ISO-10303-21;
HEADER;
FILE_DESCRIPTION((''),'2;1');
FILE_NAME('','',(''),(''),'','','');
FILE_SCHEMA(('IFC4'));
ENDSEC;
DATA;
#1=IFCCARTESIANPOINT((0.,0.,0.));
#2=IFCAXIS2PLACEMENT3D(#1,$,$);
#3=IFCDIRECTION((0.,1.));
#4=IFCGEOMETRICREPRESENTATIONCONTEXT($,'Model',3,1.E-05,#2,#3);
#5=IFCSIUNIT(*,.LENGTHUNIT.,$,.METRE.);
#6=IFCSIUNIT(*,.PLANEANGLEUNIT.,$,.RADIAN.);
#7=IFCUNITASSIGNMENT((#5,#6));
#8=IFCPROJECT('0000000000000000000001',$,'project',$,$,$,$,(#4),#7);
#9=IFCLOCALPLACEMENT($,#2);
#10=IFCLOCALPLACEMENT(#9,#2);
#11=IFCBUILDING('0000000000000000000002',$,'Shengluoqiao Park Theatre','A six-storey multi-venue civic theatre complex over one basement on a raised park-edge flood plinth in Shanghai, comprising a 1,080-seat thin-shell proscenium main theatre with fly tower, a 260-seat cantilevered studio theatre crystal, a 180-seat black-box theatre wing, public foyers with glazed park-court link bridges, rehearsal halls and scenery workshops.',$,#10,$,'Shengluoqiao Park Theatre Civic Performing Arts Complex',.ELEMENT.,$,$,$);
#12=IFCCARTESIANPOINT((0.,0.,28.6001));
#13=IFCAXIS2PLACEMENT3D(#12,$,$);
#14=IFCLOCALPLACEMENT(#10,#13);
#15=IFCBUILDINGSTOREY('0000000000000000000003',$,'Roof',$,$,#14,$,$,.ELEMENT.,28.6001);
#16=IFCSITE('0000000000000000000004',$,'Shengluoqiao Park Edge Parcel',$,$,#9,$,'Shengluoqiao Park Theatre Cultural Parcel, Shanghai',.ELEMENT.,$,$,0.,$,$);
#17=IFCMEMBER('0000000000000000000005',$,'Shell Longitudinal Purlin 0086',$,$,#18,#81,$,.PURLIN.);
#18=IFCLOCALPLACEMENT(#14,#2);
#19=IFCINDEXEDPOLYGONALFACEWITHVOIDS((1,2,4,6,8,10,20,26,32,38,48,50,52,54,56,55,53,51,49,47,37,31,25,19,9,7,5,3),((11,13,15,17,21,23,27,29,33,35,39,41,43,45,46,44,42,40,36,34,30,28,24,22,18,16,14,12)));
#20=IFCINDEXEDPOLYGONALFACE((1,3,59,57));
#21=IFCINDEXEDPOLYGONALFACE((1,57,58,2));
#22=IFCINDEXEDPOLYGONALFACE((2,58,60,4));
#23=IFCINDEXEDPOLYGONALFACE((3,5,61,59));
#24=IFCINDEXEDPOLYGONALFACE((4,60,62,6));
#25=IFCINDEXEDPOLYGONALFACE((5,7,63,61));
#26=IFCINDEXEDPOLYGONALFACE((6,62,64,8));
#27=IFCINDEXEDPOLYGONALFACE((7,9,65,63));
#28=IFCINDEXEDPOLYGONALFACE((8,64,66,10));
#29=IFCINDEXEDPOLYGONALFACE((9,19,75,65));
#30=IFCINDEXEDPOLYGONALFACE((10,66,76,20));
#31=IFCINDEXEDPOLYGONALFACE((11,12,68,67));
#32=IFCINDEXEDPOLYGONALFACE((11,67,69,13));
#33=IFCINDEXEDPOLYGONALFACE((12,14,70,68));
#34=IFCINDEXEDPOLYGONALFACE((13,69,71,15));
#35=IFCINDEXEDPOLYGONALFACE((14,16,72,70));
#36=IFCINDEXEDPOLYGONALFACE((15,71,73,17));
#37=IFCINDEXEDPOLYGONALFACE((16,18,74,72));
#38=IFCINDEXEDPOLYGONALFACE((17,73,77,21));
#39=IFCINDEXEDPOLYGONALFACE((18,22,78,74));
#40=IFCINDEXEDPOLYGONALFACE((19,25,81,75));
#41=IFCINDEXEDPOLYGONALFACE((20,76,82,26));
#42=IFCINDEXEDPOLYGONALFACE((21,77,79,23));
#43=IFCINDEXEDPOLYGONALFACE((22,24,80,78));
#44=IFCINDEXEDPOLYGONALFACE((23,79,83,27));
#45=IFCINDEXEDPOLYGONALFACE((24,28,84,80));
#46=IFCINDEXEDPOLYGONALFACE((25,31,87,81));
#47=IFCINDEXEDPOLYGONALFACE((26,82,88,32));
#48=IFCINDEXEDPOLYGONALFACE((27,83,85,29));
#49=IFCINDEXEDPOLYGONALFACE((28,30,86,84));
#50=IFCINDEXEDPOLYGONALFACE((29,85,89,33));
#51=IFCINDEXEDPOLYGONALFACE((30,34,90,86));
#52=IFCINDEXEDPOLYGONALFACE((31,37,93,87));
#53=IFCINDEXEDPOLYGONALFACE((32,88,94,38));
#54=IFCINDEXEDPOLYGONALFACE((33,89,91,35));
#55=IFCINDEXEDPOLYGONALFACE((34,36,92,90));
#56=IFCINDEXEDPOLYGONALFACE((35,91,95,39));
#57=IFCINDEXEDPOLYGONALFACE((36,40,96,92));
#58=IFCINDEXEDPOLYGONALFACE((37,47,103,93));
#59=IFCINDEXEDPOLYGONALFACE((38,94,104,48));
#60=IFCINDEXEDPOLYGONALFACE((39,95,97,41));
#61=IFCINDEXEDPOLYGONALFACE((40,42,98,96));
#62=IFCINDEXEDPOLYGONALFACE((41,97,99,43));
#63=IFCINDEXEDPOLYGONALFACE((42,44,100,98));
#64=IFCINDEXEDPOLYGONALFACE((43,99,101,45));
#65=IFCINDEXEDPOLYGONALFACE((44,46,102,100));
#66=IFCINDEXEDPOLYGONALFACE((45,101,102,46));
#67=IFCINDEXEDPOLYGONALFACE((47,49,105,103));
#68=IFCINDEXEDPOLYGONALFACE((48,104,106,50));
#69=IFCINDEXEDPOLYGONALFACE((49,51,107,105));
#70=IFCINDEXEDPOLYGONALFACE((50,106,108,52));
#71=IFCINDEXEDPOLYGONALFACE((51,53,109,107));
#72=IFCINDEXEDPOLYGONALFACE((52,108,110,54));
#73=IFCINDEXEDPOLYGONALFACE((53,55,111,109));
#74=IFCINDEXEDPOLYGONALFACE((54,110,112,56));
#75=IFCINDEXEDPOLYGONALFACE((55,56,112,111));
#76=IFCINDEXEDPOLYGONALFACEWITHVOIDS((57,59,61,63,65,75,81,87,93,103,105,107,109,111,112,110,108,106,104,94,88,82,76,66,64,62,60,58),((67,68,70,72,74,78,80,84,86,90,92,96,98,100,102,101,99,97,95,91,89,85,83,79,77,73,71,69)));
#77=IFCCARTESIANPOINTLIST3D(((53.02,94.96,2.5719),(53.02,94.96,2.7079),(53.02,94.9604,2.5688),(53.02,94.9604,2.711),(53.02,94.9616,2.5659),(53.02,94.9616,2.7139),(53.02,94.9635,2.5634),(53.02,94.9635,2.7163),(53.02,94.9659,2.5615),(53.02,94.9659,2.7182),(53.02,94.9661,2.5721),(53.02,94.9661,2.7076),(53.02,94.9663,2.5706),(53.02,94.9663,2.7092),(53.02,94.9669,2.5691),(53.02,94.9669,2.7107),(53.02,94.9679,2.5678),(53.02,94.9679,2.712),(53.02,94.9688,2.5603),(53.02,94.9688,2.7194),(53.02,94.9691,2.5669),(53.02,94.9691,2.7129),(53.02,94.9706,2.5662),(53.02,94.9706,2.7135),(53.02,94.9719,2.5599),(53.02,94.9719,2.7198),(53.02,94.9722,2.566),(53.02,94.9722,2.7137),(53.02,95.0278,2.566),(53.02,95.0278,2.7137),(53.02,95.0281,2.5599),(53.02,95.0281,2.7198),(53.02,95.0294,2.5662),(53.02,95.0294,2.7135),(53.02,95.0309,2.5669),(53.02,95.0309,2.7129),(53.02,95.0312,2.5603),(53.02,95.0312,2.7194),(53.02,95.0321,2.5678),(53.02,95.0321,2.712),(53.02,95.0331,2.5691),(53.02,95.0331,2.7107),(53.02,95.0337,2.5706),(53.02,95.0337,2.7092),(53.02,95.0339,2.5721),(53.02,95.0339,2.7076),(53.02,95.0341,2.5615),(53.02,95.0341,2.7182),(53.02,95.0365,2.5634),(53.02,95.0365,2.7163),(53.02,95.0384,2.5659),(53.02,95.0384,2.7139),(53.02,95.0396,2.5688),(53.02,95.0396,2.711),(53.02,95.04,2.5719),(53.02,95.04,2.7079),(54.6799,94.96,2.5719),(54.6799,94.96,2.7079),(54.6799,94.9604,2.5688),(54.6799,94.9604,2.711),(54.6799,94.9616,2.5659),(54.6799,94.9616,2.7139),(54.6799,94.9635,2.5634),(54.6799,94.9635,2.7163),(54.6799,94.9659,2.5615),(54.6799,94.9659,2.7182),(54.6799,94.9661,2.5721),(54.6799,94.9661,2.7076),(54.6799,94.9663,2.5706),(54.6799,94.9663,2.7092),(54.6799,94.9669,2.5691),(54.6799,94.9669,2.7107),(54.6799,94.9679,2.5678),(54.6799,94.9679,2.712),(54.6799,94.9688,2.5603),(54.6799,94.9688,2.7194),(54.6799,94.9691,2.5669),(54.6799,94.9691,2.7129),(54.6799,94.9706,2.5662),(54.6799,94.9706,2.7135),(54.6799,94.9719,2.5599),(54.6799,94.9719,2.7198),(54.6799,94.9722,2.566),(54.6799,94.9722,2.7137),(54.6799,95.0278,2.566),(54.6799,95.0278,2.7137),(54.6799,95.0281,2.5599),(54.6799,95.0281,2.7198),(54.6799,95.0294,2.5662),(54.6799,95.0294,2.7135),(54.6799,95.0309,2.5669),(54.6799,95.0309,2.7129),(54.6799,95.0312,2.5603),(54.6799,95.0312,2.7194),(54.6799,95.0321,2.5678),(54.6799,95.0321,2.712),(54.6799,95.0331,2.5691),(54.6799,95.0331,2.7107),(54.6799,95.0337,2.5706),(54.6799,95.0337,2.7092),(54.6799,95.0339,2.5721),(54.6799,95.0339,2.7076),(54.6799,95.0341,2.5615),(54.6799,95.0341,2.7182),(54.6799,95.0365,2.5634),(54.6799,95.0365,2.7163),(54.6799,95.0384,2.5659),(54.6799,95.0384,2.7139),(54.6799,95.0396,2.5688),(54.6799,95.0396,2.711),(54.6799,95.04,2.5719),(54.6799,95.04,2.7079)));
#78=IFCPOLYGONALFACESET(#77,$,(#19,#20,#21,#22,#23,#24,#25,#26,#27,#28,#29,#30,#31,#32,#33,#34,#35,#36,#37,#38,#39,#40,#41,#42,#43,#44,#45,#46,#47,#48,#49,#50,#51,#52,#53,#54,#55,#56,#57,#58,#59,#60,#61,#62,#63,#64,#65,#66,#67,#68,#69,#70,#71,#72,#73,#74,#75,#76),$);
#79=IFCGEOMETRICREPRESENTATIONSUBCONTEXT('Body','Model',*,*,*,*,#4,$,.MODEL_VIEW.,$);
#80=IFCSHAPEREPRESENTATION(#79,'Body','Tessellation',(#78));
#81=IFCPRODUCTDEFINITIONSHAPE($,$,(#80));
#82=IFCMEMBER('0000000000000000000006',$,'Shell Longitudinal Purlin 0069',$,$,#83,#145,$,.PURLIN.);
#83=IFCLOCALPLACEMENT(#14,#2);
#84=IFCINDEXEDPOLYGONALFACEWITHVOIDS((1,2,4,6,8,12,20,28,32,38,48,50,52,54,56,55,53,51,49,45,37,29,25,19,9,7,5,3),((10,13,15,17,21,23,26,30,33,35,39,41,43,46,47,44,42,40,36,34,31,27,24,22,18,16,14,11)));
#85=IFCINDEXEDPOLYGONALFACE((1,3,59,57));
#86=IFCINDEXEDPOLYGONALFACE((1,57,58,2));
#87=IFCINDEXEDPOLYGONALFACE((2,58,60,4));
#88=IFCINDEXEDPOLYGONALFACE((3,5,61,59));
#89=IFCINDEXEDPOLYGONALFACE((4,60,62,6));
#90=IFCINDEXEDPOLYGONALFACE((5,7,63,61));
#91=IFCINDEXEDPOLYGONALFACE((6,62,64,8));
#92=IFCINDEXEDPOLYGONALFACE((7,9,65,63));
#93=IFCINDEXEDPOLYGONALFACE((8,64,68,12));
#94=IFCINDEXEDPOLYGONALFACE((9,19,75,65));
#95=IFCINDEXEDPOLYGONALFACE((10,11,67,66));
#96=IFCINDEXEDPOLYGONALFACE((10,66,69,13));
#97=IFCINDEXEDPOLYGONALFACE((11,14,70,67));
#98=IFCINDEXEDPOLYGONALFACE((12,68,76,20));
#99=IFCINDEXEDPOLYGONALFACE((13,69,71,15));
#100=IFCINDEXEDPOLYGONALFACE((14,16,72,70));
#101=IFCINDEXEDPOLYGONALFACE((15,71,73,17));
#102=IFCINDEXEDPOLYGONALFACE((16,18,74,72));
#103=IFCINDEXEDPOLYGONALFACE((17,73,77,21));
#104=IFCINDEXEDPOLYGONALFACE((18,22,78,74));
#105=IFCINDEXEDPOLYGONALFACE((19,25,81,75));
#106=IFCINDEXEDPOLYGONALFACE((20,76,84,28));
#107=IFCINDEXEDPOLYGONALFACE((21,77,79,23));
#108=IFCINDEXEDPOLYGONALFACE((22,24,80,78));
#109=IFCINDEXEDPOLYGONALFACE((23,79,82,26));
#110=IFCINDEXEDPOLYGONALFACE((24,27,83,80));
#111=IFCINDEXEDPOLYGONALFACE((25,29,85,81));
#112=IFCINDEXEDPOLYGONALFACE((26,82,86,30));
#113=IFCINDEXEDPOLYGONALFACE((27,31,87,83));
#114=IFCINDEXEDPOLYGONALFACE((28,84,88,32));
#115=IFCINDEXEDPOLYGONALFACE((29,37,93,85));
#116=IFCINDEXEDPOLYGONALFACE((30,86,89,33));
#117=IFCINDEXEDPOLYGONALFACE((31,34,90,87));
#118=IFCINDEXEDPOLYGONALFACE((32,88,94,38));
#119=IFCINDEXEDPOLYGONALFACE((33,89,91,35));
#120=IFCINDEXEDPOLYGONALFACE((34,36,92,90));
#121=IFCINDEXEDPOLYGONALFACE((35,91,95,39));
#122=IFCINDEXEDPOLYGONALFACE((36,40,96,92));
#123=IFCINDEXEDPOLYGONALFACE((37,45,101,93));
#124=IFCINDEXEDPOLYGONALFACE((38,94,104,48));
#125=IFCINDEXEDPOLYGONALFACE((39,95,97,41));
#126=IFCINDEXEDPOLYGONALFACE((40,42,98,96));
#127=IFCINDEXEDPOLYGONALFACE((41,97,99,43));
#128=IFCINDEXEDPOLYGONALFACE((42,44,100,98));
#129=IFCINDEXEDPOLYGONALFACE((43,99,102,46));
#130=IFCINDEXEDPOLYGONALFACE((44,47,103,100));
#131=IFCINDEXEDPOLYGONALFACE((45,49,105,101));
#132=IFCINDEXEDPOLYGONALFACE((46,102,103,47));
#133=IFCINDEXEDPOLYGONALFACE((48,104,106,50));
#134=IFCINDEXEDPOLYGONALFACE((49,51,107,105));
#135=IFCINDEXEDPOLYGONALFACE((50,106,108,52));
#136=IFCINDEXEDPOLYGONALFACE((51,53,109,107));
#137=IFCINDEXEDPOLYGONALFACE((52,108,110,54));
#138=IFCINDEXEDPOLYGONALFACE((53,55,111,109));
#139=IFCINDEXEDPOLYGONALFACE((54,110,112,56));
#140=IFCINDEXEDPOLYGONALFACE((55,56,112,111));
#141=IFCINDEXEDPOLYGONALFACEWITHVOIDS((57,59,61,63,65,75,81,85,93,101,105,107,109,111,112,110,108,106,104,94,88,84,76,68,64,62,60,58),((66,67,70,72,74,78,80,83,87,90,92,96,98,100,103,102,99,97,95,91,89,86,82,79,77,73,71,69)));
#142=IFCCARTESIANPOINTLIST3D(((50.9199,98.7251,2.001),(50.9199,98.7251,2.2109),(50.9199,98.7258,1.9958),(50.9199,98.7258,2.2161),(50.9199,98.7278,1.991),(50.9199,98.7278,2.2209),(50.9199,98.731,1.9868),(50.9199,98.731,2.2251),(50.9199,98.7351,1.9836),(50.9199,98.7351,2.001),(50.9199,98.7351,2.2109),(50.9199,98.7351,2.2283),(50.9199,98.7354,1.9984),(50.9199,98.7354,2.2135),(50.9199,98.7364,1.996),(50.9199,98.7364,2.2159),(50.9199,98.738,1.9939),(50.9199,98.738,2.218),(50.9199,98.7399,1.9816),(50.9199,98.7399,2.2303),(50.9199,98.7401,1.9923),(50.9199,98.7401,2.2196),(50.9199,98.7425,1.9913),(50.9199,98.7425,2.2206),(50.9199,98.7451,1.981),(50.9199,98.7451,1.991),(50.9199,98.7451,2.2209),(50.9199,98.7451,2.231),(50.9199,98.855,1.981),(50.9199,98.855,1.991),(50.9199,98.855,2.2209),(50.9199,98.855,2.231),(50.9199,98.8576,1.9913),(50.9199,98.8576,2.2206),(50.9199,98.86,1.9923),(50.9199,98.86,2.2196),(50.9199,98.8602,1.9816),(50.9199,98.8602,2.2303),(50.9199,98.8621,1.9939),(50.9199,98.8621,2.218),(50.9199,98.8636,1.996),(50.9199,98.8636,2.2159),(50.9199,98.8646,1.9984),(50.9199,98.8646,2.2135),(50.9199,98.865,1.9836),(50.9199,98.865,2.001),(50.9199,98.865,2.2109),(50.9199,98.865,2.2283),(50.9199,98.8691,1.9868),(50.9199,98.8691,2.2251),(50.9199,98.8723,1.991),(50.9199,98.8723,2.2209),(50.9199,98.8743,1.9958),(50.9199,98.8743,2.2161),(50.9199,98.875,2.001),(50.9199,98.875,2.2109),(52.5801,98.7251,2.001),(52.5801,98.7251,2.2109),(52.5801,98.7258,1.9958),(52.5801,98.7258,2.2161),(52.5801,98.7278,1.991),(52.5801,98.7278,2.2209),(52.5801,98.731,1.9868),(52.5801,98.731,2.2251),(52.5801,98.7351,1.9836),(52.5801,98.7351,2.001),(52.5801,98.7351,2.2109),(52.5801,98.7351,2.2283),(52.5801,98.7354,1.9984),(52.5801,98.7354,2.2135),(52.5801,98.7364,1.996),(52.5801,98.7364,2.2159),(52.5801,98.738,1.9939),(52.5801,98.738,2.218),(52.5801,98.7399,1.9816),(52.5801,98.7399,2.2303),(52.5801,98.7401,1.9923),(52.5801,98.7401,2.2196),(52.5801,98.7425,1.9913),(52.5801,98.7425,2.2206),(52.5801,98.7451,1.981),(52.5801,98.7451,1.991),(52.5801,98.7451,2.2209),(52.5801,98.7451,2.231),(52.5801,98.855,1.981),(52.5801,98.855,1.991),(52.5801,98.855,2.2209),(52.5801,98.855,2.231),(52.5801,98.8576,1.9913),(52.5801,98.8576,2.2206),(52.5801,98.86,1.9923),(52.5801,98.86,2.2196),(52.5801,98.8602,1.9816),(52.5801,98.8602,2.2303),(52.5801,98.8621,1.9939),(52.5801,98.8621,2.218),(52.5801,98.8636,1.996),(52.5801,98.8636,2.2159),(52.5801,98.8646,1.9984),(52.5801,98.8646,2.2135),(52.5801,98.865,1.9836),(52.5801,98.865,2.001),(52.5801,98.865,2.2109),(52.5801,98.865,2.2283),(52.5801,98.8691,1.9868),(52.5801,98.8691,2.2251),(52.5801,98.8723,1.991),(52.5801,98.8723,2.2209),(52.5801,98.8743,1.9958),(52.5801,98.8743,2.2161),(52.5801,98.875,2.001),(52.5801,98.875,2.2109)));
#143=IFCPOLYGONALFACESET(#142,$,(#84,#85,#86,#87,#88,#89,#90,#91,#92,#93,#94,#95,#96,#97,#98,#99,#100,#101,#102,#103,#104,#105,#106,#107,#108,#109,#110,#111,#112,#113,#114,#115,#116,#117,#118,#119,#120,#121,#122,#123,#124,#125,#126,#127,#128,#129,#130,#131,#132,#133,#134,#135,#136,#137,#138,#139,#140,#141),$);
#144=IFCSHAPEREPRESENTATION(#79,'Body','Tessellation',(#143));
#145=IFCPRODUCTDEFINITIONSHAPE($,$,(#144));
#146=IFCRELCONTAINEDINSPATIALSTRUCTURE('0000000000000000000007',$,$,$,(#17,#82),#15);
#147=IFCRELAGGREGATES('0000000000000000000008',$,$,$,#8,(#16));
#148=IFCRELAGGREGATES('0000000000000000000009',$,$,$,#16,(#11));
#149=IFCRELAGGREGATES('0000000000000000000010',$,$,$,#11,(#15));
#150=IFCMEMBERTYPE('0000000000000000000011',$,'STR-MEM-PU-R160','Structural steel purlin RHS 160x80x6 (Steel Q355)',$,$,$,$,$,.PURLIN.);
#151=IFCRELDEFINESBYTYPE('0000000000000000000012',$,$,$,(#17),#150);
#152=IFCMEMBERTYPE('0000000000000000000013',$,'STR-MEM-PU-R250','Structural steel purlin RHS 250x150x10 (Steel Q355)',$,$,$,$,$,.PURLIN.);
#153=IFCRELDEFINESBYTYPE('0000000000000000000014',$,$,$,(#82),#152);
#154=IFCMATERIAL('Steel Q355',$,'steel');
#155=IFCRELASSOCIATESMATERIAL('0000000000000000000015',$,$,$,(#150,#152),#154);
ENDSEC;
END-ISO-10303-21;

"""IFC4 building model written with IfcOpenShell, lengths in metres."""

from ifc_helpers import new_model, si_unit, direction, frame, origin, origin_2d, place, context, subcontext, project, spatial, hollow_rectangle, extrude, material, material_profile, profile_set, type_object, element, save


model = new_model("IFC4")

# Units and contexts
model_context = context("Model", 3, precision=1e-05, world=origin(), true_north=direction((0.0, 1.0)))
body_context = subcontext(model_context, "Body", "Model", "MODEL_VIEW")
ifc_project = project(units=[si_unit("LENGTHUNIT", "METRE"), si_unit("PLANEANGLEUNIT", "RADIAN")], contexts=[model_context])

# Site, building, storey
site_placement = place(None, origin())
site = spatial("IfcSite", under=ifc_project, at=site_placement, Name="Shengluoqiao Park Edge Parcel", LongName="Shengluoqiao Park Theatre Cultural Parcel, Shanghai", CompositionType="ELEMENT", RefElevation=0.0)
building_placement = place(site_placement, origin())
building = spatial("IfcBuilding", under=site, at=building_placement, Name="Shengluoqiao Park Theatre", Description="A six-storey multi-venue civic theatre complex over one basement on a raised park-edge flood plinth in Shanghai, comprising a 1,080-seat thin-shell proscenium main theatre with fly tower, a 260-seat cantilevered studio theatre crystal, a 180-seat black-box theatre wing, public foyers with glazed park-court link bridges, rehearsal halls and scenery workshops.", LongName="Shengluoqiao Park Theatre Civic Performing Arts Complex", CompositionType="ELEMENT")
storey_placement = place(building_placement, frame((0.0, 0.0, 28.6001)))
storey = spatial("IfcBuildingStorey", under=building, at=storey_placement, Name="Roof", CompositionType="ELEMENT", Elevation=28.6001)

# Shared definitions
ifc_material_1 = material(Name="Steel Q355", Category="steel")

# Members
ifc_material_profile_1 = material_profile(ifc_material_1, hollow_rectangle(XDim=0.0801, YDim=0.1599, WallThickness=0.0061, InnerFilletRadius=0.0061, OuterFilletRadius=0.012, at=origin_2d()), Name="RHS 160x80x6")
ifc_profile_set_1 = profile_set([ifc_material_profile_1], Name="Steel Q355")
member_type_1 = type_object("IfcMemberType", Name="STR-MEM-PU-R160", Description="Structural steel purlin RHS 160x80x6 (Steel Q355)", PredefinedType="PURLIN", material=ifc_profile_set_1)
member_1_placement = place(storey_placement, frame((53.02, 95.0, 2.6399), z_axis=(1.0, 0.0, 0.0), x_axis=(0.0, 1.0, 0.0)))
element("IfcMember", 1, at=member_1_placement, inside=storey, type_object=member_type_1, Name="Shell Longitudinal Purlin 0086", PredefinedType="PURLIN", context=body_context, shape_type="SweptSolid", body=[
    extrude(hollow_rectangle(XDim=0.0801, YDim=0.1599, WallThickness=0.0061, InnerFilletRadius=0.0061, OuterFilletRadius=0.012, at=origin_2d()), origin(), (0.0, 0.0, 1.0), 1.6599),
])
ifc_material_profile_2 = material_profile(ifc_material_1, hollow_rectangle(XDim=0.1499, YDim=0.25, WallThickness=0.01, InnerFilletRadius=0.01, OuterFilletRadius=0.02, at=origin_2d()), Name="RHS 250x150x10")
ifc_profile_set_2 = profile_set([ifc_material_profile_2], Name="Steel Q355")
member_type_2 = type_object("IfcMemberType", Name="STR-MEM-PU-R250", Description="Structural steel purlin RHS 250x150x10 (Steel Q355)", PredefinedType="PURLIN", material=ifc_profile_set_2)
member_2_placement = place(storey_placement, frame((50.9199, 98.8, 2.106), z_axis=(1.0, 0.0, 0.0), x_axis=(0.0, 1.0, 0.0)))
element("IfcMember", 2, at=member_2_placement, inside=storey, type_object=member_type_2, Name="Shell Longitudinal Purlin 0069", PredefinedType="PURLIN", context=body_context, shape_type="SweptSolid", body=[
    extrude(hollow_rectangle(XDim=0.1499, YDim=0.25, WallThickness=0.01, InnerFilletRadius=0.01, OuterFilletRadius=0.02, at=origin_2d()), origin(), (0.0, 0.0, 1.0), 1.6602),
])

save(model, "model.ifc")
